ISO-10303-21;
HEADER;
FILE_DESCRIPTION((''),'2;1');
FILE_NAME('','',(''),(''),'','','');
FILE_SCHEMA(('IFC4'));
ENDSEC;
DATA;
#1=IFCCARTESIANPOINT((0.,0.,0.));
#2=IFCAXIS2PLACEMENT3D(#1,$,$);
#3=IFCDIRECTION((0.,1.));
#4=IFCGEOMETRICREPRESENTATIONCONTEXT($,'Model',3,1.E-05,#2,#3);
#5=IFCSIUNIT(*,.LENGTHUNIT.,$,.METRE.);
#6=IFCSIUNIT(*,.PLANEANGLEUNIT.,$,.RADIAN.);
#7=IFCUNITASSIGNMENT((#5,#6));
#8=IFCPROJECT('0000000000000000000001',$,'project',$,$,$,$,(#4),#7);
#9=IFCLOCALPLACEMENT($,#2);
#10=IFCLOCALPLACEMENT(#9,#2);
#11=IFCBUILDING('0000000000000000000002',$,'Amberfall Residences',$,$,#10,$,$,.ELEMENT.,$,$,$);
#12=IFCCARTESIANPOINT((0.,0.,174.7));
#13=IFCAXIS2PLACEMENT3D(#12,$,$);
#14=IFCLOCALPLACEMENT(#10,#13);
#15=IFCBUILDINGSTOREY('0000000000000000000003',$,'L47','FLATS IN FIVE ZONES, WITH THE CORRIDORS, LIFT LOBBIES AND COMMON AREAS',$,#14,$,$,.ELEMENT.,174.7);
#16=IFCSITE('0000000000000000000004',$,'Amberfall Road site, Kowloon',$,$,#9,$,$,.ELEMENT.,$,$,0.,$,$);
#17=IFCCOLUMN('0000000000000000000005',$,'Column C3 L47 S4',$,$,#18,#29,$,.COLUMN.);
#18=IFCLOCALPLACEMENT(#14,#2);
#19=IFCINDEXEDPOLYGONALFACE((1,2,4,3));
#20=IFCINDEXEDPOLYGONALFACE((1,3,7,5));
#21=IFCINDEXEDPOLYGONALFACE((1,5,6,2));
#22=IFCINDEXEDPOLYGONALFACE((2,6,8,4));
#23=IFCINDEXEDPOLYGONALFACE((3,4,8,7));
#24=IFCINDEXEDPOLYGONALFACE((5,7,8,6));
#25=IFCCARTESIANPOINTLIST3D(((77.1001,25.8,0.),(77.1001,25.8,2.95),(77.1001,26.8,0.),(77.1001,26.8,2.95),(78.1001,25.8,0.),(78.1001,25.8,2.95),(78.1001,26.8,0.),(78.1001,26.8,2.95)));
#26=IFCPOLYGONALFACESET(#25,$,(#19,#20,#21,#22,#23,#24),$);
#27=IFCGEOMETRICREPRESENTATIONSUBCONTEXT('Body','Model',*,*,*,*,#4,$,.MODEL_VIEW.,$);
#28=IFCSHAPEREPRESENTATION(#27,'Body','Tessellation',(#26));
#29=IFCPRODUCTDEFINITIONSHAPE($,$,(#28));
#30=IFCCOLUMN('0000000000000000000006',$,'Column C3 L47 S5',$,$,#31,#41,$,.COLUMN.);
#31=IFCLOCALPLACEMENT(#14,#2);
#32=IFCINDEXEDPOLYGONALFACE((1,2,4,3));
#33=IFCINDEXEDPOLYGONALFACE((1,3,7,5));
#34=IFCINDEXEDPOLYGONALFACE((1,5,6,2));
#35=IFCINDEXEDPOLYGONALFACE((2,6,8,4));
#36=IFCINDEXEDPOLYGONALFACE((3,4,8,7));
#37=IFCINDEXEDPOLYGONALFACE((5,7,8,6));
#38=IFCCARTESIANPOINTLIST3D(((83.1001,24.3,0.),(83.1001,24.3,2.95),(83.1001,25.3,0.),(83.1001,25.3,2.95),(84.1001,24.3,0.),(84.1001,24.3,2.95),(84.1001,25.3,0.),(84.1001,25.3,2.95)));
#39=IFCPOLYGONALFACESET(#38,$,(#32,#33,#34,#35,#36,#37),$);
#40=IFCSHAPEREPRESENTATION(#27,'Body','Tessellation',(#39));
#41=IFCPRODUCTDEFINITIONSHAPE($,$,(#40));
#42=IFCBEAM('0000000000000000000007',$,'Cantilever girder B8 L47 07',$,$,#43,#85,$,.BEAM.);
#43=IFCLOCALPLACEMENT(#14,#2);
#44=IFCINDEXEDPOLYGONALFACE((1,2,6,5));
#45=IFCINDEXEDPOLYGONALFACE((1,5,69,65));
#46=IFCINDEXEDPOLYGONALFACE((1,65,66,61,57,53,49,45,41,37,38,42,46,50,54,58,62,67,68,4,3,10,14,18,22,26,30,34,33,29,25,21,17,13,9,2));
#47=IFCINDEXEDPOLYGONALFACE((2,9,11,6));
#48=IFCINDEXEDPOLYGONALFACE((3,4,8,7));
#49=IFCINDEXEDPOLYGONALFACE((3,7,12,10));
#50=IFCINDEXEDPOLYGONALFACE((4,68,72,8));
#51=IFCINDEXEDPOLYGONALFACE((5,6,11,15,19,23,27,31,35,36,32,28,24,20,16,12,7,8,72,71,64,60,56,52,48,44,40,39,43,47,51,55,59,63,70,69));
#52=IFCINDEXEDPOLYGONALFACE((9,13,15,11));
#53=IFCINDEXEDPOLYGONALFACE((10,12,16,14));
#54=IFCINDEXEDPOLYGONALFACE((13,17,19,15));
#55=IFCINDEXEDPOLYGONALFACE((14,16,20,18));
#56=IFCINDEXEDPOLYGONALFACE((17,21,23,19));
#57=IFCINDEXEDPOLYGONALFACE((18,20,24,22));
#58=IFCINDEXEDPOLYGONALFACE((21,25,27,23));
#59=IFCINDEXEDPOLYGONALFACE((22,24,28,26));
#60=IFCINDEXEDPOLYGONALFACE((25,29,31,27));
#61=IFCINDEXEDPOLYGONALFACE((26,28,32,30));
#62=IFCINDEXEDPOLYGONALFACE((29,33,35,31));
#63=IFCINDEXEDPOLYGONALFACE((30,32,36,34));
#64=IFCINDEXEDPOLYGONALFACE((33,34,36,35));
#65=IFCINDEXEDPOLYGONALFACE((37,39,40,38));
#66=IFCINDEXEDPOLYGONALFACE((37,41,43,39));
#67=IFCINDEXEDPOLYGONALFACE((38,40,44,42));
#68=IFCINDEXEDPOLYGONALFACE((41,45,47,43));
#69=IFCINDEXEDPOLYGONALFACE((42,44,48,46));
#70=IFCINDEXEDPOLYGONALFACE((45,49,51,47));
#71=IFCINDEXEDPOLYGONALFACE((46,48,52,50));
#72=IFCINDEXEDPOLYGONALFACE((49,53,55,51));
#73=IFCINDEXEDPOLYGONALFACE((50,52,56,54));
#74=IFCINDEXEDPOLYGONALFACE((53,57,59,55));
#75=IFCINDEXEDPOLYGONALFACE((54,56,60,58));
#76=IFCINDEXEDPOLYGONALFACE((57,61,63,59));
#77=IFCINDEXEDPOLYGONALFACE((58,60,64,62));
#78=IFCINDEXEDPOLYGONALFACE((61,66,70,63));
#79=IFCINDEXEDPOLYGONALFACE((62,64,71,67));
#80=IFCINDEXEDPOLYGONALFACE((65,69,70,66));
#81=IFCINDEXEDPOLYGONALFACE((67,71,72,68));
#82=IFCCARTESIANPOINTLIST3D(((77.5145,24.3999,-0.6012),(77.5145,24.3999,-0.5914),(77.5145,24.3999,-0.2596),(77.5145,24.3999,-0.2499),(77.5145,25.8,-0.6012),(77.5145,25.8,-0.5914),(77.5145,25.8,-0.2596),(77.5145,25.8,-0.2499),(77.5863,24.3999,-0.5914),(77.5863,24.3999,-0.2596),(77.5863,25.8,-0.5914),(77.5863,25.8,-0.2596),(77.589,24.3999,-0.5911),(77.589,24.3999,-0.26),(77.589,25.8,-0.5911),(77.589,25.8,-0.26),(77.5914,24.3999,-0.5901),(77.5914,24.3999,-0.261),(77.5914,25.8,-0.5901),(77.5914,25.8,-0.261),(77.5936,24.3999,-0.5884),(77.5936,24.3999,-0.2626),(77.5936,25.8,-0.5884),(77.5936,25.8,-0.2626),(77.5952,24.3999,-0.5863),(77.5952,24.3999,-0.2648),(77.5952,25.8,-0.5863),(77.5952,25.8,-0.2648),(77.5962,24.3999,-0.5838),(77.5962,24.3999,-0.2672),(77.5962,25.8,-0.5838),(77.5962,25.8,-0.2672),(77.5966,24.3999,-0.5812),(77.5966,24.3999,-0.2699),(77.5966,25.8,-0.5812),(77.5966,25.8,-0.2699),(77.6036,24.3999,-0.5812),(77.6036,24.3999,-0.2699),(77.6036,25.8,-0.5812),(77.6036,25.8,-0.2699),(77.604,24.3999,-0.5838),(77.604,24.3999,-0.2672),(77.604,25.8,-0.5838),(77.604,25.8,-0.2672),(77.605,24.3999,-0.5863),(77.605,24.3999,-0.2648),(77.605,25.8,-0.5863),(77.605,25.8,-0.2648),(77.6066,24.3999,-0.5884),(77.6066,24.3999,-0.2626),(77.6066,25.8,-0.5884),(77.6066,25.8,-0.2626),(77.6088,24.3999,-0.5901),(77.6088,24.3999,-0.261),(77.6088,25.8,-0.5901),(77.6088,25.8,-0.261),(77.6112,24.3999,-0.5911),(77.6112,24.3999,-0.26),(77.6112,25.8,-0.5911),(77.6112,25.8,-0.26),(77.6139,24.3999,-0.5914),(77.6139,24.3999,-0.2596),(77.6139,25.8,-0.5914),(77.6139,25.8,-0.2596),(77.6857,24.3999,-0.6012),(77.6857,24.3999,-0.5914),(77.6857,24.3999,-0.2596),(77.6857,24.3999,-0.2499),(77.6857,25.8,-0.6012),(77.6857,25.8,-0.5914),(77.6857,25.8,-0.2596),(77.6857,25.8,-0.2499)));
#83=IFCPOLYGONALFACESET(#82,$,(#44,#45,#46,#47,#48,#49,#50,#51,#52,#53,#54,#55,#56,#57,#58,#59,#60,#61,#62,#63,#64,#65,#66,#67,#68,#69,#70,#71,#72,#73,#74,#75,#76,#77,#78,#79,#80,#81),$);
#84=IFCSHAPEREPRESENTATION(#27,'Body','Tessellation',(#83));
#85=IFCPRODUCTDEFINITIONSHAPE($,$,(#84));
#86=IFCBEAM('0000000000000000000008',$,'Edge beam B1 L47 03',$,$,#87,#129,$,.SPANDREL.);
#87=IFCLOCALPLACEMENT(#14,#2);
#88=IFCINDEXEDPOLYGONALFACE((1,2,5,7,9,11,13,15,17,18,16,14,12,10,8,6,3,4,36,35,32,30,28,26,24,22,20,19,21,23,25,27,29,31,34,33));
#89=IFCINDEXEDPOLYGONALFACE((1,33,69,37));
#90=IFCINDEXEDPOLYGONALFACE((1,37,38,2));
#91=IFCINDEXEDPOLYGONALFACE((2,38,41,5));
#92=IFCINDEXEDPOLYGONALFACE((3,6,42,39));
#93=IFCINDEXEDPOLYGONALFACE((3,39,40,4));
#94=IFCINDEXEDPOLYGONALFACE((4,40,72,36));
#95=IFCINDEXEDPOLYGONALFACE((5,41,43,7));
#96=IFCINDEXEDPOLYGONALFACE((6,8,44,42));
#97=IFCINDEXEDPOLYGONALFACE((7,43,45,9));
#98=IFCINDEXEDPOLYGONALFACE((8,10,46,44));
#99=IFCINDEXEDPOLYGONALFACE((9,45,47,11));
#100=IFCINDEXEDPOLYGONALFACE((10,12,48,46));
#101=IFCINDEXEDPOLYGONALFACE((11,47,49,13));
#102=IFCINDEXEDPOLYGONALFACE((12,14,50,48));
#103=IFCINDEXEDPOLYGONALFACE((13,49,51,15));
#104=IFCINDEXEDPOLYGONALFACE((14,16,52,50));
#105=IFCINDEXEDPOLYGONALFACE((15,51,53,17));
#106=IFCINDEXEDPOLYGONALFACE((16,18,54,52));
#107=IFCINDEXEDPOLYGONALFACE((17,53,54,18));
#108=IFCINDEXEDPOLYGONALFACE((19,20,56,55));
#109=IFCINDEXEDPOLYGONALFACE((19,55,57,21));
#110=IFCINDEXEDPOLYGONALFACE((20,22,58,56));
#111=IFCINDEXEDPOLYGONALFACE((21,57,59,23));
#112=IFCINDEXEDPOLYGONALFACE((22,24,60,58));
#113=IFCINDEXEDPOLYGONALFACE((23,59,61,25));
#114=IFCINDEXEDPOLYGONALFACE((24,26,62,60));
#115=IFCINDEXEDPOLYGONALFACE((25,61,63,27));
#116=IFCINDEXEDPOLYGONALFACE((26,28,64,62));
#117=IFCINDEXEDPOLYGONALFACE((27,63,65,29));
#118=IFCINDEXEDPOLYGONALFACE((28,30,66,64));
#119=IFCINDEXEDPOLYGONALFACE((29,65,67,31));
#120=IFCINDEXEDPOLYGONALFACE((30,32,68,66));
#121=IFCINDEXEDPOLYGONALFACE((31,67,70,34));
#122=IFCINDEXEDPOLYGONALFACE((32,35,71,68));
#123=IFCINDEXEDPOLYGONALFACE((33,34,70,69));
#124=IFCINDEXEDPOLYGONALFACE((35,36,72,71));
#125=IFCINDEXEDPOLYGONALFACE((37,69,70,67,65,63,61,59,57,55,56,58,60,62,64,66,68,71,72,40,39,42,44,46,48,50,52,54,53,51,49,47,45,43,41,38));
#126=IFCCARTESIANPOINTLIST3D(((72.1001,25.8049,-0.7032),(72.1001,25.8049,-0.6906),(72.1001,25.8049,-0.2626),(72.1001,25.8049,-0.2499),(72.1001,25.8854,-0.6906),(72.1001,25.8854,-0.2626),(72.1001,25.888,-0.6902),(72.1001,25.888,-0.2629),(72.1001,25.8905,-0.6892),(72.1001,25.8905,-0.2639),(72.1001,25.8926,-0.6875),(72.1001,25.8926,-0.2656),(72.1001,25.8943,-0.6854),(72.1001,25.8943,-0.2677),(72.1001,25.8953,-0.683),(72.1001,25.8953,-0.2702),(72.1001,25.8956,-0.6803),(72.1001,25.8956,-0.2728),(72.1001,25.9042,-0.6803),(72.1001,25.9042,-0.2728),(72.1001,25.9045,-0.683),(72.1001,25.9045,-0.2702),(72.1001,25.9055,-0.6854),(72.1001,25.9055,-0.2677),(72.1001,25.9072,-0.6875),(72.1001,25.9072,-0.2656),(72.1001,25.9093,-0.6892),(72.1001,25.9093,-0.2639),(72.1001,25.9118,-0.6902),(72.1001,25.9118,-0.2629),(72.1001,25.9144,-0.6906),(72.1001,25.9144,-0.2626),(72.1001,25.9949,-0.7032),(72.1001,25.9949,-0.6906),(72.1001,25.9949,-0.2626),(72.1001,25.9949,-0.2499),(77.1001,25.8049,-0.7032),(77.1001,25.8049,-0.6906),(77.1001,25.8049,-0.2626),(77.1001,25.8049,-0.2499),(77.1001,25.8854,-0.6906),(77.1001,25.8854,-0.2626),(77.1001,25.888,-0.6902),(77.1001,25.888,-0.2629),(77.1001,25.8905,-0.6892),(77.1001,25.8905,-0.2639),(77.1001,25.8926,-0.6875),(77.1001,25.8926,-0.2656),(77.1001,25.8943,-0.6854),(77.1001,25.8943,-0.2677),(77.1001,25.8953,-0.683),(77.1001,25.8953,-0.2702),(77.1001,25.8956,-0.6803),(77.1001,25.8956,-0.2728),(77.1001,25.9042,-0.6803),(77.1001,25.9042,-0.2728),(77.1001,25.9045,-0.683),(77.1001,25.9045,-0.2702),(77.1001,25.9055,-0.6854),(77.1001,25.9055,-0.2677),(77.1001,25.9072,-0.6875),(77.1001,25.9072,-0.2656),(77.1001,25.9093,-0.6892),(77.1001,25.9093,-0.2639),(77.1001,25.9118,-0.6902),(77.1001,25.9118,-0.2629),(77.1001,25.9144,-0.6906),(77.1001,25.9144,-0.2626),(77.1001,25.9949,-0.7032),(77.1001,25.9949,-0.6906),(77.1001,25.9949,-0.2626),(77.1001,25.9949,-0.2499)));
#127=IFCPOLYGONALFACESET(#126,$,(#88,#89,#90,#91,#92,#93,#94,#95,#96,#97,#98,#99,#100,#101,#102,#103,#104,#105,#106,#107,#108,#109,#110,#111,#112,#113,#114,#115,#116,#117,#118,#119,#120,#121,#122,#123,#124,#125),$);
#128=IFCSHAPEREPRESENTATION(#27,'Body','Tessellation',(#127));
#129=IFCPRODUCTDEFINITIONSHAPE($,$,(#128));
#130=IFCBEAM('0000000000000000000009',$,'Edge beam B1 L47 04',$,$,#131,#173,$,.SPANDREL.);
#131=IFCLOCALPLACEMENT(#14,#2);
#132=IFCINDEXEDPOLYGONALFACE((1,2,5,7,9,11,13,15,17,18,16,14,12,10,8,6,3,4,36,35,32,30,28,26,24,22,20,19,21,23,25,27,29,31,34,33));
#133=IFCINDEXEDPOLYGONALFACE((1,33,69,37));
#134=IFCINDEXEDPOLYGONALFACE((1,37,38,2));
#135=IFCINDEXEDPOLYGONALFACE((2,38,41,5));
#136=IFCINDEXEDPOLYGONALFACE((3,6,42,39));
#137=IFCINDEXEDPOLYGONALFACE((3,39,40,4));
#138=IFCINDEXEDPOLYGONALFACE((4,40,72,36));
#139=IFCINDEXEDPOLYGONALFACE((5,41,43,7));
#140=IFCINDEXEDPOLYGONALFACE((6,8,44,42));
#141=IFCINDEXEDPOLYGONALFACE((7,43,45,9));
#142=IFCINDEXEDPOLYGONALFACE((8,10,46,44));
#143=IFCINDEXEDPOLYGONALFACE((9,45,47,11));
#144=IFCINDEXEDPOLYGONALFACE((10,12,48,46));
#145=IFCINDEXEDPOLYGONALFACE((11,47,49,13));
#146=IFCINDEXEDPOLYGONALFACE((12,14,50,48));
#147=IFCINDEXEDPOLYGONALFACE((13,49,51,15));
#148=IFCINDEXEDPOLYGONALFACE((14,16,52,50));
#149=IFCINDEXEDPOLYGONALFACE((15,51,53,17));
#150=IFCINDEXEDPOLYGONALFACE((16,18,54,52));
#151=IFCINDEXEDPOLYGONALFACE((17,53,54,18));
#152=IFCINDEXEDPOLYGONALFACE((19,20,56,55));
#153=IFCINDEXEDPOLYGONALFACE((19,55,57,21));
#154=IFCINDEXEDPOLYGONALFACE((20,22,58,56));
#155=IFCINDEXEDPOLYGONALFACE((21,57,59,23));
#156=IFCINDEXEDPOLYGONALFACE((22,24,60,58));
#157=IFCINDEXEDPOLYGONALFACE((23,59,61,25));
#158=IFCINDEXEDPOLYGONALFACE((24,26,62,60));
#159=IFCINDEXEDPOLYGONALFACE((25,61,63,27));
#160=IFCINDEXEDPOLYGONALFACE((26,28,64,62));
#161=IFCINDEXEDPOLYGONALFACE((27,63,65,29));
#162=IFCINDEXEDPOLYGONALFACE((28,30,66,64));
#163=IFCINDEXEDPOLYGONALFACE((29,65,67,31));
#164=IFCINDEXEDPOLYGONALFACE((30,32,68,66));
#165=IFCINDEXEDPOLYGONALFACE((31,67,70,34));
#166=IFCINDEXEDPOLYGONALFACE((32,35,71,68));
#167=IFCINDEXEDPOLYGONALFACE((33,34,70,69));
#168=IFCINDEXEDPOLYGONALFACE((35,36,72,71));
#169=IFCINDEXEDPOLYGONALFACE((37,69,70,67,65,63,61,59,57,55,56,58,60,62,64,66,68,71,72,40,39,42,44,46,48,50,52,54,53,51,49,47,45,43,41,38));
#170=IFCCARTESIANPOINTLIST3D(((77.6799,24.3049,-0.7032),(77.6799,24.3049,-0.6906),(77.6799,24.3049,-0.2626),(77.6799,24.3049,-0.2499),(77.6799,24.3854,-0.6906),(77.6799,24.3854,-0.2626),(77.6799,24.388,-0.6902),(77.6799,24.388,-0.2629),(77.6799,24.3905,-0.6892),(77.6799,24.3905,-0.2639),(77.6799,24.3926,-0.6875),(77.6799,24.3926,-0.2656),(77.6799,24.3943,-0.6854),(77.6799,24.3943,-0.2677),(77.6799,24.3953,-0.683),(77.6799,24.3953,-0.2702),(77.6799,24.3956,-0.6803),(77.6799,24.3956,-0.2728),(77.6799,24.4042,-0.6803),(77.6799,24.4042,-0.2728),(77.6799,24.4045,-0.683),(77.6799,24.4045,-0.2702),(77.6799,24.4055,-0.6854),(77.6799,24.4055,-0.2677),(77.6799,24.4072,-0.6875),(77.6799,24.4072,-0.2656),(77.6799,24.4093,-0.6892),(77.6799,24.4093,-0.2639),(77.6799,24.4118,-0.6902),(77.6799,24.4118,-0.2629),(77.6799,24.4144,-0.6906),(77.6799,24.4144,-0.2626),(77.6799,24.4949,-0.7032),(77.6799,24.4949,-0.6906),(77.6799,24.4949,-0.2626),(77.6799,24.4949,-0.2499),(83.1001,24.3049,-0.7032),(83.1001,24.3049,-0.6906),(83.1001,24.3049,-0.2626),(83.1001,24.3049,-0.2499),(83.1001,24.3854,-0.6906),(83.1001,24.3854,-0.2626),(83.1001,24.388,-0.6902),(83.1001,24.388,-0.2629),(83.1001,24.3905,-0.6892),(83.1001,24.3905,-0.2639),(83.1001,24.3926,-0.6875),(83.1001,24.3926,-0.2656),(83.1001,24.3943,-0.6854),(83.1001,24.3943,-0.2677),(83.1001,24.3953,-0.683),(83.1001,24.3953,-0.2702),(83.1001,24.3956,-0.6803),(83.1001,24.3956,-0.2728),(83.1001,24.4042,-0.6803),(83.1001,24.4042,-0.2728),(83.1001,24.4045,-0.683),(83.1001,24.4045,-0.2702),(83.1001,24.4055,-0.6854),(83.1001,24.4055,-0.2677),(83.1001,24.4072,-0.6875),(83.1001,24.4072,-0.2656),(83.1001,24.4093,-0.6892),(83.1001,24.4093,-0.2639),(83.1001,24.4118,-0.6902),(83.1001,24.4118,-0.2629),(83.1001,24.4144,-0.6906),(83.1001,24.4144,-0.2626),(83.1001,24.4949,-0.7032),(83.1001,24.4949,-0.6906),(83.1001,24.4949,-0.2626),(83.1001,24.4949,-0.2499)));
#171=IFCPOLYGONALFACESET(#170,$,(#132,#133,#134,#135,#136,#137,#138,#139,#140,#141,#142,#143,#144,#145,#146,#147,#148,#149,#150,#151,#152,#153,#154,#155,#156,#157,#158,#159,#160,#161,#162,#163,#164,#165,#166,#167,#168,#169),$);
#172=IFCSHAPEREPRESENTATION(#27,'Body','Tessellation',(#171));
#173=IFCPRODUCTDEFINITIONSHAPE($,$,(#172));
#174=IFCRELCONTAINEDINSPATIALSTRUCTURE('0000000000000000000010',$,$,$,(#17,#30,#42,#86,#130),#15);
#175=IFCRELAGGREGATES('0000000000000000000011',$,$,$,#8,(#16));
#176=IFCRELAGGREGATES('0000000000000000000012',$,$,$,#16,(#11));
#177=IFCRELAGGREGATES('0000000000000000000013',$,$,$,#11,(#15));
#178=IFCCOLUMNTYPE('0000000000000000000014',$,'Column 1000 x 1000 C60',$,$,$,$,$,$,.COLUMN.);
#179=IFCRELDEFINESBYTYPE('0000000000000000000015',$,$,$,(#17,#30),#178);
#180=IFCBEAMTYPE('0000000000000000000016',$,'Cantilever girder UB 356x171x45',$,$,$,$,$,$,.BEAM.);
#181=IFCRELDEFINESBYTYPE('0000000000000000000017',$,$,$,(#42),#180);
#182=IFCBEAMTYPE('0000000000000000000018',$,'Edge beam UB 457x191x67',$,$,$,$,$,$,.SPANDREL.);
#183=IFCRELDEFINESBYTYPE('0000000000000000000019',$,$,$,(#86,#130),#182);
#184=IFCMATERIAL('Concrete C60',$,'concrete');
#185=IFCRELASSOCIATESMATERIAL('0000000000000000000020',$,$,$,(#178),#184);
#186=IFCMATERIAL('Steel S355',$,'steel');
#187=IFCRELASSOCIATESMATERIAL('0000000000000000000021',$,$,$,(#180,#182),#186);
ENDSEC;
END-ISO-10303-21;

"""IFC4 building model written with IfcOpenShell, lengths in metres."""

from ifc_helpers import new_model, si_unit, direction, frame, origin, origin_2d, place, context, subcontext, project, spatial, rectangle, i_section, extrude, material, material_profile, profile_set, type_object, element, save


model = new_model("IFC4")

# Units and contexts
model_context = context("Model", 3, precision=1e-05, world=origin(), true_north=direction((0.0, 1.0)))
body_context = subcontext(model_context, "Body", "Model", "MODEL_VIEW")
ifc_project = project(units=[si_unit("LENGTHUNIT", "METRE"), si_unit("PLANEANGLEUNIT", "RADIAN")], contexts=[model_context])

# Site, building, storey
site_placement = place(None, origin())
site = spatial("IfcSite", under=ifc_project, at=site_placement, Name="Amberfall Road site, Kowloon", CompositionType="ELEMENT", RefElevation=0.0)
building_placement = place(site_placement, origin())
building = spatial("IfcBuilding", under=site, at=building_placement, Name="Amberfall Residences", CompositionType="ELEMENT")
storey_placement = place(building_placement, frame((0.0, 0.0, 174.7)))
storey = spatial("IfcBuildingStorey", under=building, at=storey_placement, Name="L47", Description="FLATS IN FIVE ZONES, WITH THE CORRIDORS, LIFT LOBBIES AND COMMON AREAS", CompositionType="ELEMENT", Elevation=174.7)

# Columns
ifc_material_1 = material(Name="Concrete C60", Category="concrete")
ifc_material_profile_1 = material_profile(ifc_material_1, rectangle(XDim=1.0, YDim=1.0, at=origin_2d()), Name="Column 1000 x 1000 C60")
ifc_profile_set_1 = profile_set([ifc_material_profile_1], Name="Concrete C60")
column_type = type_object("IfcColumnType", Name="Column 1000 x 1000 C60", PredefinedType="COLUMN", material=ifc_profile_set_1)
for number, where, z_axis, x_axis, name in (
    (1, (77.6001, 26.3, 0.0), (0.0, 0.0, 1.0), (1.0, 0.0, 0.0), "Column C3 L47 S4"),
    (2, (83.6001, 24.8, 0.0), (0.0, 0.0, 1.0), (1.0, 0.0, 0.0), "Column C3 L47 S5"),
):
    element("IfcColumn", number, at=place(storey_placement, frame(where, z_axis=z_axis, x_axis=x_axis)), inside=storey, type_object=column_type, Name=name, PredefinedType="COLUMN", context=body_context, shape_type="SweptSolid", body=[
        extrude(rectangle(XDim=1.0, YDim=1.0, at=origin_2d()), origin(), (0.0, 0.0, 1.0), 2.95),
    ])

# Beams
ifc_material_2 = material(Name="Steel S355", Category="steel")
ifc_material_profile_2 = material_profile(ifc_material_2, i_section(OverallWidth=0.1711, OverallDepth=0.3513, WebThickness=0.0071, FlangeThickness=0.0098, FilletRadius=0.0103, at=origin_2d()), Name="UB 356x171x45")
ifc_profile_set_2 = profile_set([ifc_material_profile_2], Name="Steel S355")
beam_type_1 = type_object("IfcBeamType", Name="Cantilever girder UB 356x171x45", PredefinedType="BEAM", material=ifc_profile_set_2)
beam_1_placement = place(storey_placement, frame((77.6001, 25.8, -0.4255), z_axis=(0.0, -1.0, 0.0), x_axis=(1.0, 0.0, 0.0)))
element("IfcBeam", 3, at=beam_1_placement, inside=storey, type_object=beam_type_1, Name="Cantilever girder B8 L47 07", PredefinedType="BEAM", context=body_context, shape_type="SweptSolid", body=[
    extrude(i_section(OverallWidth=0.1711, OverallDepth=0.3513, WebThickness=0.0071, FlangeThickness=0.0098, FilletRadius=0.0103, at=origin_2d()), origin(), (0.0, 0.0, 1.0), 1.4001),
])
ifc_material_profile_3 = material_profile(ifc_material_2, i_section(OverallWidth=0.1899, OverallDepth=0.4534, WebThickness=0.0085, FlangeThickness=0.0127, FilletRadius=0.0103, at=origin_2d()), Name="UB 457x191x67")
ifc_profile_set_3 = profile_set([ifc_material_profile_3], Name="Steel S355")
beam_type_2 = type_object("IfcBeamType", Name="Edge beam UB 457x191x67", PredefinedType="SPANDREL", material=ifc_profile_set_3)
beam_2_placement = place(storey_placement, frame((72.1001, 25.8999, -0.4766), z_axis=(1.0, 0.0, 0.0), x_axis=(0.0, 1.0, 0.0)))
element("IfcBeam", 4, at=beam_2_placement, inside=storey, type_object=beam_type_2, Name="Edge beam B1 L47 03", PredefinedType="SPANDREL", context=body_context, shape_type="SweptSolid", body=[
    extrude(i_section(OverallWidth=0.1899, OverallDepth=0.4534, WebThickness=0.0085, FlangeThickness=0.0127, FilletRadius=0.0103, at=origin_2d()), origin(), (0.0, 0.0, 1.0), 5.0),
])
beam_3_placement = place(storey_placement, frame((77.6799, 24.3999, -0.4766), z_axis=(1.0, 0.0, 0.0), x_axis=(0.0, 1.0, 0.0)))
element("IfcBeam", 5, at=beam_3_placement, inside=storey, type_object=beam_type_2, Name="Edge beam B1 L47 04", PredefinedType="SPANDREL", context=body_context, shape_type="SweptSolid", body=[
    extrude(i_section(OverallWidth=0.1899, OverallDepth=0.4534, WebThickness=0.0085, FlangeThickness=0.0127, FilletRadius=0.0103, at=origin_2d()), origin(), (0.0, 0.0, 1.0), 5.4202),
])

save(model, "model.ifc")
